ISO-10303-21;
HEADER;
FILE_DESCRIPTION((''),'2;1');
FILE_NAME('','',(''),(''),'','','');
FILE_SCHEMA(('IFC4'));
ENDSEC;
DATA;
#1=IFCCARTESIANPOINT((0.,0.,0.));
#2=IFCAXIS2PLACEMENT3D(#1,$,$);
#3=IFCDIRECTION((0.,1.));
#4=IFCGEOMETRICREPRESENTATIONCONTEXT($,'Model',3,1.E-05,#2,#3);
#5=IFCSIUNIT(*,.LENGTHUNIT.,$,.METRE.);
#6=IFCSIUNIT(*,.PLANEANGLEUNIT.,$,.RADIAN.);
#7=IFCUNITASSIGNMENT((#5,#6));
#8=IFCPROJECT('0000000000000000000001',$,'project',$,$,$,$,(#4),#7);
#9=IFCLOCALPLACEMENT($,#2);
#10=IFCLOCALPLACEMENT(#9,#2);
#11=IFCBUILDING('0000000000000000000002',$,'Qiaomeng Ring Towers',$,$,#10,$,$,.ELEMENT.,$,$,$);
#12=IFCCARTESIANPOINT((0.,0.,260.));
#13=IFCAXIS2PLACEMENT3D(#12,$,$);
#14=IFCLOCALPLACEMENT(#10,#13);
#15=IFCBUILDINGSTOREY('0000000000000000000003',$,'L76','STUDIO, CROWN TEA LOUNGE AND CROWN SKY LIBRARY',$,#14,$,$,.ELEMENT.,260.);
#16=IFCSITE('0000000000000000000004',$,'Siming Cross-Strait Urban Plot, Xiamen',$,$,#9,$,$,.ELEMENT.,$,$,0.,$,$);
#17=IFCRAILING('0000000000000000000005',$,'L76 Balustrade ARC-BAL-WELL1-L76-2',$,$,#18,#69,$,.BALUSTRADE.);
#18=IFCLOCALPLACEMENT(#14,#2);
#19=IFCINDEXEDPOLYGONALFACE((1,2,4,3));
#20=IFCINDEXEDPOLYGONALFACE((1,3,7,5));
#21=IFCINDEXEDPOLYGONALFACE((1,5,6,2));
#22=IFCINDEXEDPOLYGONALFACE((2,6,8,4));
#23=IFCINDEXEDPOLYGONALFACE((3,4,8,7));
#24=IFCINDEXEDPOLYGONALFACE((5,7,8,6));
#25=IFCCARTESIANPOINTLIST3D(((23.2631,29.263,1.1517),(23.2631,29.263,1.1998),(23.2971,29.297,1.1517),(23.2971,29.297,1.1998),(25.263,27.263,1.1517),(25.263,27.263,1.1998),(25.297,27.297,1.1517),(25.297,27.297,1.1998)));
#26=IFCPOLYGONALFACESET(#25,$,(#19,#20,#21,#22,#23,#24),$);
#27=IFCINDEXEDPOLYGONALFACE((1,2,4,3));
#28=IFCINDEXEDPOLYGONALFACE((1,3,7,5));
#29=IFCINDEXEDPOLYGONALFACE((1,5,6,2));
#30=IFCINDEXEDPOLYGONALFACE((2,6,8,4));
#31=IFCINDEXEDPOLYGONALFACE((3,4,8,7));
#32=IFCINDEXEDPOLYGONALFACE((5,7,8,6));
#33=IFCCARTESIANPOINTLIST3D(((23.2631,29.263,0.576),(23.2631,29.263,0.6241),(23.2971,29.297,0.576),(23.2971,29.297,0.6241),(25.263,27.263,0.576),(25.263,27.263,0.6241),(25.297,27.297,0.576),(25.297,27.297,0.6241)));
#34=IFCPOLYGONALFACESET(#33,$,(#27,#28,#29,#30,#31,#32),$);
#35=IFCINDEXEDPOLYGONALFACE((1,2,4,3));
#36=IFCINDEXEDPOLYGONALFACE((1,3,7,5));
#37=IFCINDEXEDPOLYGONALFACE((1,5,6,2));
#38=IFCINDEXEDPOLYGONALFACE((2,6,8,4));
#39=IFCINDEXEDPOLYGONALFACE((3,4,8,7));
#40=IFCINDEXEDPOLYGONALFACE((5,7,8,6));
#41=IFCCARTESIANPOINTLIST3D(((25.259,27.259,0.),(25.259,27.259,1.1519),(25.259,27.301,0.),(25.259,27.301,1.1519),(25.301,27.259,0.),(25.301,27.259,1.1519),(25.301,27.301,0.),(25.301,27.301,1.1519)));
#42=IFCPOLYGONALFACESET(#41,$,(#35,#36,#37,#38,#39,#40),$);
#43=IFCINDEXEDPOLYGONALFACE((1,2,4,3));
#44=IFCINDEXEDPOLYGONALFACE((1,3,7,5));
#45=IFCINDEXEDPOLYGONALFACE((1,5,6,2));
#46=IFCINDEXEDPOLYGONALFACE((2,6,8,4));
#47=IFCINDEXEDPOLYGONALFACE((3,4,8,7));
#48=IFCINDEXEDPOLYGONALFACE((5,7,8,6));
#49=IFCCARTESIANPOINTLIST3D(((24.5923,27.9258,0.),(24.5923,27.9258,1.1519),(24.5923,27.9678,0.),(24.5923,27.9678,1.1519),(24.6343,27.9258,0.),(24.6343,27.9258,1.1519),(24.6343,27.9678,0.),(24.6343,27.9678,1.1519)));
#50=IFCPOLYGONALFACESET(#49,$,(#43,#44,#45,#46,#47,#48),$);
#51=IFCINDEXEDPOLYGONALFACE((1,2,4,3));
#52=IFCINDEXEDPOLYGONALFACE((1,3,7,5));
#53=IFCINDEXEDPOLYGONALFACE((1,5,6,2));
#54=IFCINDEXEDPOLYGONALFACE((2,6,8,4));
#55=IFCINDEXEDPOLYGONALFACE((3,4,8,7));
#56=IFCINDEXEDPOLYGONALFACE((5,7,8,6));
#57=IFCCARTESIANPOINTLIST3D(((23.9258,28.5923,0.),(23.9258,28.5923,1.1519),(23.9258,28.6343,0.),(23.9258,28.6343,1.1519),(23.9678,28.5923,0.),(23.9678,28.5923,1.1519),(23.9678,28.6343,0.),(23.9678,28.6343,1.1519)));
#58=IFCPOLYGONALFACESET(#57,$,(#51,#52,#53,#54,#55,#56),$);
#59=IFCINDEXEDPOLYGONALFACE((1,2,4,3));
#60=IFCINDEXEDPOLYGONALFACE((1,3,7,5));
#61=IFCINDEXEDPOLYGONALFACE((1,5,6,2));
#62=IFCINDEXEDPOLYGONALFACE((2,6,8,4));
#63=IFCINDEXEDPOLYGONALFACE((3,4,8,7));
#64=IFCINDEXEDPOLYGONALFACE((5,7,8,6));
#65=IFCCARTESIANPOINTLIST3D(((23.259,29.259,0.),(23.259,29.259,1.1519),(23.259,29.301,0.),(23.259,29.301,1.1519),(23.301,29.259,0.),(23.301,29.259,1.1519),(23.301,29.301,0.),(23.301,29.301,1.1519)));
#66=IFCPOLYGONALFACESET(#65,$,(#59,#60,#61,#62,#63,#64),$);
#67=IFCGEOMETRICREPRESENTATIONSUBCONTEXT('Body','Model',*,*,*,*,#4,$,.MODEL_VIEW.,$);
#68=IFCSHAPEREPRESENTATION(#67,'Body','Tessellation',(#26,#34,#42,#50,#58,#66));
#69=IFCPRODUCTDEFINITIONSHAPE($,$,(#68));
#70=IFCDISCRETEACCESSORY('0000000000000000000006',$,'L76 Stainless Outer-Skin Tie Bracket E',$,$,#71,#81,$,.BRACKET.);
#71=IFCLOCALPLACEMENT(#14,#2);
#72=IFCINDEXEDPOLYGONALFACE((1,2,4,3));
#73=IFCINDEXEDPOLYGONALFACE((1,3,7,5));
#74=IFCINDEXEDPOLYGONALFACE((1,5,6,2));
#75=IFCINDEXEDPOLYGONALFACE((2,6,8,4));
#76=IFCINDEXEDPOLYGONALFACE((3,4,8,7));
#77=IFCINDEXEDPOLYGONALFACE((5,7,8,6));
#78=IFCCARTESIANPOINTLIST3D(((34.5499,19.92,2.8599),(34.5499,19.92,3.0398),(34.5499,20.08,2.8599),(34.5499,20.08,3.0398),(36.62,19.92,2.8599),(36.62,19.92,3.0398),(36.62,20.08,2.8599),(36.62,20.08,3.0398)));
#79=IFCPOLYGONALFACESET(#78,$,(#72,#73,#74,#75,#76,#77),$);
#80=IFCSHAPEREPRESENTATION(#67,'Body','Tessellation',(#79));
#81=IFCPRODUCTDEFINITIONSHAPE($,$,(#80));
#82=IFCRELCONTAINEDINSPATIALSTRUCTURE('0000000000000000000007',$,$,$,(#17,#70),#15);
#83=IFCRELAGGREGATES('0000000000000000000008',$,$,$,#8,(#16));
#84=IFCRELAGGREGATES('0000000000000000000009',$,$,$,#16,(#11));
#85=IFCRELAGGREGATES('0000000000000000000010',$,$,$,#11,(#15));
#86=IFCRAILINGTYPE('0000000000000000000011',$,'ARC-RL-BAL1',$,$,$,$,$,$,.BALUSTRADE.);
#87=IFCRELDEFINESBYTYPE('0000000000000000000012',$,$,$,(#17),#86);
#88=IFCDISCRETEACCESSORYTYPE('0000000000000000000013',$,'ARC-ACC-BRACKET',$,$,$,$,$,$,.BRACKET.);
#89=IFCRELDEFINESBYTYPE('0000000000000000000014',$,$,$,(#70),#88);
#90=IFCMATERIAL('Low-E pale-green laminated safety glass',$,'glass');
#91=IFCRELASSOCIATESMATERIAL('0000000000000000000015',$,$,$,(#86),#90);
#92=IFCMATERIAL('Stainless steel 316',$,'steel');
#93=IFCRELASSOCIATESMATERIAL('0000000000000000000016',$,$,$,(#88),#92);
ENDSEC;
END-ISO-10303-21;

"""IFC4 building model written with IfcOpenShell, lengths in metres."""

from ifc_helpers import new_model, si_unit, direction, frame, origin, origin_2d, place, context, subcontext, project, spatial, rectangle, extrude, source, transform, mapped, material, type_object, element, save


model = new_model("IFC4")

# Units and contexts
model_context = context("Model", 3, precision=1e-05, world=origin(), true_north=direction((0.0, 1.0)))
body_context = subcontext(model_context, "Body", "Model", "MODEL_VIEW")
ifc_project = project(units=[si_unit("LENGTHUNIT", "METRE"), si_unit("PLANEANGLEUNIT", "RADIAN")], contexts=[model_context])

# Site, building, storey
site_placement = place(None, origin())
site = spatial("IfcSite", under=ifc_project, at=site_placement, Name="Siming Cross-Strait Urban Plot, Xiamen", CompositionType="ELEMENT", RefElevation=0.0)
building_placement = place(site_placement, origin())
building = spatial("IfcBuilding", under=site, at=building_placement, Name="Qiaomeng Ring Towers", CompositionType="ELEMENT")
storey_placement = place(building_placement, frame((0.0, 0.0, 260.0)))
storey = spatial("IfcBuildingStorey", under=building, at=storey_placement, Name="L76", Description="STUDIO, CROWN TEA LOUNGE AND CROWN SKY LIBRARY", CompositionType="ELEMENT", Elevation=260.0)

# Shared definitions
ifc_material_1 = material(Name="Stainless steel 316", Category="steel")

# Railing
ifc_material_2 = material(Name="Low-E pale-green laminated safety glass", Category="glass")
railing_type = type_object("IfcRailingType", Name="ARC-RL-BAL1", PredefinedType="BALUSTRADE", material=ifc_material_2)
railing_placement = place(storey_placement, frame((25.28, 27.28, 0.0)))
element("IfcRailing", 1, at=railing_placement, inside=storey, type_object=railing_type, Name="L76 Balustrade ARC-BAL-WELL1-L76-2", PredefinedType="BALUSTRADE", context=body_context, shape_type="SweptSolid", body=[
    extrude(rectangle(XDim=0.0481, YDim=0.0481, at=origin_2d()), frame((0.0, 0.0, 1.1758), z_axis=(-0.707107, 0.707107, 0.0), x_axis=(-0.707107, -0.707107, 0.0)), (0.0, 0.0, 1.0), 2.8284),
    extrude(rectangle(XDim=0.0481, YDim=0.0481, at=origin_2d()), frame((0.0, 0.0, 0.6001), z_axis=(-0.707107, 0.707107, 0.0), x_axis=(-0.707107, -0.707107, 0.0)), (0.0, 0.0, 1.0), 2.8284),
    extrude(rectangle(XDim=0.042, YDim=0.042, at=origin_2d()), origin(), (0.0, 0.0, 1.0), 1.1519),
    extrude(rectangle(XDim=0.042, YDim=0.042, at=origin_2d()), frame((-0.6667, 0.6667, 0.0)), (0.0, 0.0, 1.0), 1.1519),
    extrude(rectangle(XDim=0.042, YDim=0.042, at=origin_2d()), frame((-1.3333, 1.3333, 0.0)), (0.0, 0.0, 1.0), 1.1519),
    extrude(rectangle(XDim=0.042, YDim=0.042, at=origin_2d()), frame((-2.0, 2.0, 0.0)), (0.0, 0.0, 1.0), 1.1519),
])

# Discrete accessory
discrete_accessory_type = type_object("IfcDiscreteAccessoryType", Name="ARC-ACC-BRACKET", PredefinedType="BRACKET", material=ifc_material_1)
shared_shape_1 = source(origin(), body_context, "Body", "SweptSolid", [
    extrude(rectangle(XDim=2.0701, YDim=0.1599, at=origin_2d()), origin(), (0.0, 0.0, 1.0), 0.1799),
])
discrete_accessory_placement = place(storey_placement, frame((35.585, 20.0, 2.8599), z_axis=(0.0, 0.0, 1.0), x_axis=(1.0, 0.0, 0.0)))
element("IfcDiscreteAccessory", 2, at=discrete_accessory_placement, inside=storey, type_object=discrete_accessory_type, Name="L76 Stainless Outer-Skin Tie Bracket E", PredefinedType="BRACKET", context=body_context, shape_type="MappedRepresentation", body=[
    mapped(shared_shape_1, transform((0.0, 0.0, 0.0), x_axis=(1.0, 0.0, 0.0), y_axis=(0.0, 1.0, 0.0), z_axis=(0.0, 0.0, 1.0), scale=1.0)),
])

save(model, "model.ifc")
